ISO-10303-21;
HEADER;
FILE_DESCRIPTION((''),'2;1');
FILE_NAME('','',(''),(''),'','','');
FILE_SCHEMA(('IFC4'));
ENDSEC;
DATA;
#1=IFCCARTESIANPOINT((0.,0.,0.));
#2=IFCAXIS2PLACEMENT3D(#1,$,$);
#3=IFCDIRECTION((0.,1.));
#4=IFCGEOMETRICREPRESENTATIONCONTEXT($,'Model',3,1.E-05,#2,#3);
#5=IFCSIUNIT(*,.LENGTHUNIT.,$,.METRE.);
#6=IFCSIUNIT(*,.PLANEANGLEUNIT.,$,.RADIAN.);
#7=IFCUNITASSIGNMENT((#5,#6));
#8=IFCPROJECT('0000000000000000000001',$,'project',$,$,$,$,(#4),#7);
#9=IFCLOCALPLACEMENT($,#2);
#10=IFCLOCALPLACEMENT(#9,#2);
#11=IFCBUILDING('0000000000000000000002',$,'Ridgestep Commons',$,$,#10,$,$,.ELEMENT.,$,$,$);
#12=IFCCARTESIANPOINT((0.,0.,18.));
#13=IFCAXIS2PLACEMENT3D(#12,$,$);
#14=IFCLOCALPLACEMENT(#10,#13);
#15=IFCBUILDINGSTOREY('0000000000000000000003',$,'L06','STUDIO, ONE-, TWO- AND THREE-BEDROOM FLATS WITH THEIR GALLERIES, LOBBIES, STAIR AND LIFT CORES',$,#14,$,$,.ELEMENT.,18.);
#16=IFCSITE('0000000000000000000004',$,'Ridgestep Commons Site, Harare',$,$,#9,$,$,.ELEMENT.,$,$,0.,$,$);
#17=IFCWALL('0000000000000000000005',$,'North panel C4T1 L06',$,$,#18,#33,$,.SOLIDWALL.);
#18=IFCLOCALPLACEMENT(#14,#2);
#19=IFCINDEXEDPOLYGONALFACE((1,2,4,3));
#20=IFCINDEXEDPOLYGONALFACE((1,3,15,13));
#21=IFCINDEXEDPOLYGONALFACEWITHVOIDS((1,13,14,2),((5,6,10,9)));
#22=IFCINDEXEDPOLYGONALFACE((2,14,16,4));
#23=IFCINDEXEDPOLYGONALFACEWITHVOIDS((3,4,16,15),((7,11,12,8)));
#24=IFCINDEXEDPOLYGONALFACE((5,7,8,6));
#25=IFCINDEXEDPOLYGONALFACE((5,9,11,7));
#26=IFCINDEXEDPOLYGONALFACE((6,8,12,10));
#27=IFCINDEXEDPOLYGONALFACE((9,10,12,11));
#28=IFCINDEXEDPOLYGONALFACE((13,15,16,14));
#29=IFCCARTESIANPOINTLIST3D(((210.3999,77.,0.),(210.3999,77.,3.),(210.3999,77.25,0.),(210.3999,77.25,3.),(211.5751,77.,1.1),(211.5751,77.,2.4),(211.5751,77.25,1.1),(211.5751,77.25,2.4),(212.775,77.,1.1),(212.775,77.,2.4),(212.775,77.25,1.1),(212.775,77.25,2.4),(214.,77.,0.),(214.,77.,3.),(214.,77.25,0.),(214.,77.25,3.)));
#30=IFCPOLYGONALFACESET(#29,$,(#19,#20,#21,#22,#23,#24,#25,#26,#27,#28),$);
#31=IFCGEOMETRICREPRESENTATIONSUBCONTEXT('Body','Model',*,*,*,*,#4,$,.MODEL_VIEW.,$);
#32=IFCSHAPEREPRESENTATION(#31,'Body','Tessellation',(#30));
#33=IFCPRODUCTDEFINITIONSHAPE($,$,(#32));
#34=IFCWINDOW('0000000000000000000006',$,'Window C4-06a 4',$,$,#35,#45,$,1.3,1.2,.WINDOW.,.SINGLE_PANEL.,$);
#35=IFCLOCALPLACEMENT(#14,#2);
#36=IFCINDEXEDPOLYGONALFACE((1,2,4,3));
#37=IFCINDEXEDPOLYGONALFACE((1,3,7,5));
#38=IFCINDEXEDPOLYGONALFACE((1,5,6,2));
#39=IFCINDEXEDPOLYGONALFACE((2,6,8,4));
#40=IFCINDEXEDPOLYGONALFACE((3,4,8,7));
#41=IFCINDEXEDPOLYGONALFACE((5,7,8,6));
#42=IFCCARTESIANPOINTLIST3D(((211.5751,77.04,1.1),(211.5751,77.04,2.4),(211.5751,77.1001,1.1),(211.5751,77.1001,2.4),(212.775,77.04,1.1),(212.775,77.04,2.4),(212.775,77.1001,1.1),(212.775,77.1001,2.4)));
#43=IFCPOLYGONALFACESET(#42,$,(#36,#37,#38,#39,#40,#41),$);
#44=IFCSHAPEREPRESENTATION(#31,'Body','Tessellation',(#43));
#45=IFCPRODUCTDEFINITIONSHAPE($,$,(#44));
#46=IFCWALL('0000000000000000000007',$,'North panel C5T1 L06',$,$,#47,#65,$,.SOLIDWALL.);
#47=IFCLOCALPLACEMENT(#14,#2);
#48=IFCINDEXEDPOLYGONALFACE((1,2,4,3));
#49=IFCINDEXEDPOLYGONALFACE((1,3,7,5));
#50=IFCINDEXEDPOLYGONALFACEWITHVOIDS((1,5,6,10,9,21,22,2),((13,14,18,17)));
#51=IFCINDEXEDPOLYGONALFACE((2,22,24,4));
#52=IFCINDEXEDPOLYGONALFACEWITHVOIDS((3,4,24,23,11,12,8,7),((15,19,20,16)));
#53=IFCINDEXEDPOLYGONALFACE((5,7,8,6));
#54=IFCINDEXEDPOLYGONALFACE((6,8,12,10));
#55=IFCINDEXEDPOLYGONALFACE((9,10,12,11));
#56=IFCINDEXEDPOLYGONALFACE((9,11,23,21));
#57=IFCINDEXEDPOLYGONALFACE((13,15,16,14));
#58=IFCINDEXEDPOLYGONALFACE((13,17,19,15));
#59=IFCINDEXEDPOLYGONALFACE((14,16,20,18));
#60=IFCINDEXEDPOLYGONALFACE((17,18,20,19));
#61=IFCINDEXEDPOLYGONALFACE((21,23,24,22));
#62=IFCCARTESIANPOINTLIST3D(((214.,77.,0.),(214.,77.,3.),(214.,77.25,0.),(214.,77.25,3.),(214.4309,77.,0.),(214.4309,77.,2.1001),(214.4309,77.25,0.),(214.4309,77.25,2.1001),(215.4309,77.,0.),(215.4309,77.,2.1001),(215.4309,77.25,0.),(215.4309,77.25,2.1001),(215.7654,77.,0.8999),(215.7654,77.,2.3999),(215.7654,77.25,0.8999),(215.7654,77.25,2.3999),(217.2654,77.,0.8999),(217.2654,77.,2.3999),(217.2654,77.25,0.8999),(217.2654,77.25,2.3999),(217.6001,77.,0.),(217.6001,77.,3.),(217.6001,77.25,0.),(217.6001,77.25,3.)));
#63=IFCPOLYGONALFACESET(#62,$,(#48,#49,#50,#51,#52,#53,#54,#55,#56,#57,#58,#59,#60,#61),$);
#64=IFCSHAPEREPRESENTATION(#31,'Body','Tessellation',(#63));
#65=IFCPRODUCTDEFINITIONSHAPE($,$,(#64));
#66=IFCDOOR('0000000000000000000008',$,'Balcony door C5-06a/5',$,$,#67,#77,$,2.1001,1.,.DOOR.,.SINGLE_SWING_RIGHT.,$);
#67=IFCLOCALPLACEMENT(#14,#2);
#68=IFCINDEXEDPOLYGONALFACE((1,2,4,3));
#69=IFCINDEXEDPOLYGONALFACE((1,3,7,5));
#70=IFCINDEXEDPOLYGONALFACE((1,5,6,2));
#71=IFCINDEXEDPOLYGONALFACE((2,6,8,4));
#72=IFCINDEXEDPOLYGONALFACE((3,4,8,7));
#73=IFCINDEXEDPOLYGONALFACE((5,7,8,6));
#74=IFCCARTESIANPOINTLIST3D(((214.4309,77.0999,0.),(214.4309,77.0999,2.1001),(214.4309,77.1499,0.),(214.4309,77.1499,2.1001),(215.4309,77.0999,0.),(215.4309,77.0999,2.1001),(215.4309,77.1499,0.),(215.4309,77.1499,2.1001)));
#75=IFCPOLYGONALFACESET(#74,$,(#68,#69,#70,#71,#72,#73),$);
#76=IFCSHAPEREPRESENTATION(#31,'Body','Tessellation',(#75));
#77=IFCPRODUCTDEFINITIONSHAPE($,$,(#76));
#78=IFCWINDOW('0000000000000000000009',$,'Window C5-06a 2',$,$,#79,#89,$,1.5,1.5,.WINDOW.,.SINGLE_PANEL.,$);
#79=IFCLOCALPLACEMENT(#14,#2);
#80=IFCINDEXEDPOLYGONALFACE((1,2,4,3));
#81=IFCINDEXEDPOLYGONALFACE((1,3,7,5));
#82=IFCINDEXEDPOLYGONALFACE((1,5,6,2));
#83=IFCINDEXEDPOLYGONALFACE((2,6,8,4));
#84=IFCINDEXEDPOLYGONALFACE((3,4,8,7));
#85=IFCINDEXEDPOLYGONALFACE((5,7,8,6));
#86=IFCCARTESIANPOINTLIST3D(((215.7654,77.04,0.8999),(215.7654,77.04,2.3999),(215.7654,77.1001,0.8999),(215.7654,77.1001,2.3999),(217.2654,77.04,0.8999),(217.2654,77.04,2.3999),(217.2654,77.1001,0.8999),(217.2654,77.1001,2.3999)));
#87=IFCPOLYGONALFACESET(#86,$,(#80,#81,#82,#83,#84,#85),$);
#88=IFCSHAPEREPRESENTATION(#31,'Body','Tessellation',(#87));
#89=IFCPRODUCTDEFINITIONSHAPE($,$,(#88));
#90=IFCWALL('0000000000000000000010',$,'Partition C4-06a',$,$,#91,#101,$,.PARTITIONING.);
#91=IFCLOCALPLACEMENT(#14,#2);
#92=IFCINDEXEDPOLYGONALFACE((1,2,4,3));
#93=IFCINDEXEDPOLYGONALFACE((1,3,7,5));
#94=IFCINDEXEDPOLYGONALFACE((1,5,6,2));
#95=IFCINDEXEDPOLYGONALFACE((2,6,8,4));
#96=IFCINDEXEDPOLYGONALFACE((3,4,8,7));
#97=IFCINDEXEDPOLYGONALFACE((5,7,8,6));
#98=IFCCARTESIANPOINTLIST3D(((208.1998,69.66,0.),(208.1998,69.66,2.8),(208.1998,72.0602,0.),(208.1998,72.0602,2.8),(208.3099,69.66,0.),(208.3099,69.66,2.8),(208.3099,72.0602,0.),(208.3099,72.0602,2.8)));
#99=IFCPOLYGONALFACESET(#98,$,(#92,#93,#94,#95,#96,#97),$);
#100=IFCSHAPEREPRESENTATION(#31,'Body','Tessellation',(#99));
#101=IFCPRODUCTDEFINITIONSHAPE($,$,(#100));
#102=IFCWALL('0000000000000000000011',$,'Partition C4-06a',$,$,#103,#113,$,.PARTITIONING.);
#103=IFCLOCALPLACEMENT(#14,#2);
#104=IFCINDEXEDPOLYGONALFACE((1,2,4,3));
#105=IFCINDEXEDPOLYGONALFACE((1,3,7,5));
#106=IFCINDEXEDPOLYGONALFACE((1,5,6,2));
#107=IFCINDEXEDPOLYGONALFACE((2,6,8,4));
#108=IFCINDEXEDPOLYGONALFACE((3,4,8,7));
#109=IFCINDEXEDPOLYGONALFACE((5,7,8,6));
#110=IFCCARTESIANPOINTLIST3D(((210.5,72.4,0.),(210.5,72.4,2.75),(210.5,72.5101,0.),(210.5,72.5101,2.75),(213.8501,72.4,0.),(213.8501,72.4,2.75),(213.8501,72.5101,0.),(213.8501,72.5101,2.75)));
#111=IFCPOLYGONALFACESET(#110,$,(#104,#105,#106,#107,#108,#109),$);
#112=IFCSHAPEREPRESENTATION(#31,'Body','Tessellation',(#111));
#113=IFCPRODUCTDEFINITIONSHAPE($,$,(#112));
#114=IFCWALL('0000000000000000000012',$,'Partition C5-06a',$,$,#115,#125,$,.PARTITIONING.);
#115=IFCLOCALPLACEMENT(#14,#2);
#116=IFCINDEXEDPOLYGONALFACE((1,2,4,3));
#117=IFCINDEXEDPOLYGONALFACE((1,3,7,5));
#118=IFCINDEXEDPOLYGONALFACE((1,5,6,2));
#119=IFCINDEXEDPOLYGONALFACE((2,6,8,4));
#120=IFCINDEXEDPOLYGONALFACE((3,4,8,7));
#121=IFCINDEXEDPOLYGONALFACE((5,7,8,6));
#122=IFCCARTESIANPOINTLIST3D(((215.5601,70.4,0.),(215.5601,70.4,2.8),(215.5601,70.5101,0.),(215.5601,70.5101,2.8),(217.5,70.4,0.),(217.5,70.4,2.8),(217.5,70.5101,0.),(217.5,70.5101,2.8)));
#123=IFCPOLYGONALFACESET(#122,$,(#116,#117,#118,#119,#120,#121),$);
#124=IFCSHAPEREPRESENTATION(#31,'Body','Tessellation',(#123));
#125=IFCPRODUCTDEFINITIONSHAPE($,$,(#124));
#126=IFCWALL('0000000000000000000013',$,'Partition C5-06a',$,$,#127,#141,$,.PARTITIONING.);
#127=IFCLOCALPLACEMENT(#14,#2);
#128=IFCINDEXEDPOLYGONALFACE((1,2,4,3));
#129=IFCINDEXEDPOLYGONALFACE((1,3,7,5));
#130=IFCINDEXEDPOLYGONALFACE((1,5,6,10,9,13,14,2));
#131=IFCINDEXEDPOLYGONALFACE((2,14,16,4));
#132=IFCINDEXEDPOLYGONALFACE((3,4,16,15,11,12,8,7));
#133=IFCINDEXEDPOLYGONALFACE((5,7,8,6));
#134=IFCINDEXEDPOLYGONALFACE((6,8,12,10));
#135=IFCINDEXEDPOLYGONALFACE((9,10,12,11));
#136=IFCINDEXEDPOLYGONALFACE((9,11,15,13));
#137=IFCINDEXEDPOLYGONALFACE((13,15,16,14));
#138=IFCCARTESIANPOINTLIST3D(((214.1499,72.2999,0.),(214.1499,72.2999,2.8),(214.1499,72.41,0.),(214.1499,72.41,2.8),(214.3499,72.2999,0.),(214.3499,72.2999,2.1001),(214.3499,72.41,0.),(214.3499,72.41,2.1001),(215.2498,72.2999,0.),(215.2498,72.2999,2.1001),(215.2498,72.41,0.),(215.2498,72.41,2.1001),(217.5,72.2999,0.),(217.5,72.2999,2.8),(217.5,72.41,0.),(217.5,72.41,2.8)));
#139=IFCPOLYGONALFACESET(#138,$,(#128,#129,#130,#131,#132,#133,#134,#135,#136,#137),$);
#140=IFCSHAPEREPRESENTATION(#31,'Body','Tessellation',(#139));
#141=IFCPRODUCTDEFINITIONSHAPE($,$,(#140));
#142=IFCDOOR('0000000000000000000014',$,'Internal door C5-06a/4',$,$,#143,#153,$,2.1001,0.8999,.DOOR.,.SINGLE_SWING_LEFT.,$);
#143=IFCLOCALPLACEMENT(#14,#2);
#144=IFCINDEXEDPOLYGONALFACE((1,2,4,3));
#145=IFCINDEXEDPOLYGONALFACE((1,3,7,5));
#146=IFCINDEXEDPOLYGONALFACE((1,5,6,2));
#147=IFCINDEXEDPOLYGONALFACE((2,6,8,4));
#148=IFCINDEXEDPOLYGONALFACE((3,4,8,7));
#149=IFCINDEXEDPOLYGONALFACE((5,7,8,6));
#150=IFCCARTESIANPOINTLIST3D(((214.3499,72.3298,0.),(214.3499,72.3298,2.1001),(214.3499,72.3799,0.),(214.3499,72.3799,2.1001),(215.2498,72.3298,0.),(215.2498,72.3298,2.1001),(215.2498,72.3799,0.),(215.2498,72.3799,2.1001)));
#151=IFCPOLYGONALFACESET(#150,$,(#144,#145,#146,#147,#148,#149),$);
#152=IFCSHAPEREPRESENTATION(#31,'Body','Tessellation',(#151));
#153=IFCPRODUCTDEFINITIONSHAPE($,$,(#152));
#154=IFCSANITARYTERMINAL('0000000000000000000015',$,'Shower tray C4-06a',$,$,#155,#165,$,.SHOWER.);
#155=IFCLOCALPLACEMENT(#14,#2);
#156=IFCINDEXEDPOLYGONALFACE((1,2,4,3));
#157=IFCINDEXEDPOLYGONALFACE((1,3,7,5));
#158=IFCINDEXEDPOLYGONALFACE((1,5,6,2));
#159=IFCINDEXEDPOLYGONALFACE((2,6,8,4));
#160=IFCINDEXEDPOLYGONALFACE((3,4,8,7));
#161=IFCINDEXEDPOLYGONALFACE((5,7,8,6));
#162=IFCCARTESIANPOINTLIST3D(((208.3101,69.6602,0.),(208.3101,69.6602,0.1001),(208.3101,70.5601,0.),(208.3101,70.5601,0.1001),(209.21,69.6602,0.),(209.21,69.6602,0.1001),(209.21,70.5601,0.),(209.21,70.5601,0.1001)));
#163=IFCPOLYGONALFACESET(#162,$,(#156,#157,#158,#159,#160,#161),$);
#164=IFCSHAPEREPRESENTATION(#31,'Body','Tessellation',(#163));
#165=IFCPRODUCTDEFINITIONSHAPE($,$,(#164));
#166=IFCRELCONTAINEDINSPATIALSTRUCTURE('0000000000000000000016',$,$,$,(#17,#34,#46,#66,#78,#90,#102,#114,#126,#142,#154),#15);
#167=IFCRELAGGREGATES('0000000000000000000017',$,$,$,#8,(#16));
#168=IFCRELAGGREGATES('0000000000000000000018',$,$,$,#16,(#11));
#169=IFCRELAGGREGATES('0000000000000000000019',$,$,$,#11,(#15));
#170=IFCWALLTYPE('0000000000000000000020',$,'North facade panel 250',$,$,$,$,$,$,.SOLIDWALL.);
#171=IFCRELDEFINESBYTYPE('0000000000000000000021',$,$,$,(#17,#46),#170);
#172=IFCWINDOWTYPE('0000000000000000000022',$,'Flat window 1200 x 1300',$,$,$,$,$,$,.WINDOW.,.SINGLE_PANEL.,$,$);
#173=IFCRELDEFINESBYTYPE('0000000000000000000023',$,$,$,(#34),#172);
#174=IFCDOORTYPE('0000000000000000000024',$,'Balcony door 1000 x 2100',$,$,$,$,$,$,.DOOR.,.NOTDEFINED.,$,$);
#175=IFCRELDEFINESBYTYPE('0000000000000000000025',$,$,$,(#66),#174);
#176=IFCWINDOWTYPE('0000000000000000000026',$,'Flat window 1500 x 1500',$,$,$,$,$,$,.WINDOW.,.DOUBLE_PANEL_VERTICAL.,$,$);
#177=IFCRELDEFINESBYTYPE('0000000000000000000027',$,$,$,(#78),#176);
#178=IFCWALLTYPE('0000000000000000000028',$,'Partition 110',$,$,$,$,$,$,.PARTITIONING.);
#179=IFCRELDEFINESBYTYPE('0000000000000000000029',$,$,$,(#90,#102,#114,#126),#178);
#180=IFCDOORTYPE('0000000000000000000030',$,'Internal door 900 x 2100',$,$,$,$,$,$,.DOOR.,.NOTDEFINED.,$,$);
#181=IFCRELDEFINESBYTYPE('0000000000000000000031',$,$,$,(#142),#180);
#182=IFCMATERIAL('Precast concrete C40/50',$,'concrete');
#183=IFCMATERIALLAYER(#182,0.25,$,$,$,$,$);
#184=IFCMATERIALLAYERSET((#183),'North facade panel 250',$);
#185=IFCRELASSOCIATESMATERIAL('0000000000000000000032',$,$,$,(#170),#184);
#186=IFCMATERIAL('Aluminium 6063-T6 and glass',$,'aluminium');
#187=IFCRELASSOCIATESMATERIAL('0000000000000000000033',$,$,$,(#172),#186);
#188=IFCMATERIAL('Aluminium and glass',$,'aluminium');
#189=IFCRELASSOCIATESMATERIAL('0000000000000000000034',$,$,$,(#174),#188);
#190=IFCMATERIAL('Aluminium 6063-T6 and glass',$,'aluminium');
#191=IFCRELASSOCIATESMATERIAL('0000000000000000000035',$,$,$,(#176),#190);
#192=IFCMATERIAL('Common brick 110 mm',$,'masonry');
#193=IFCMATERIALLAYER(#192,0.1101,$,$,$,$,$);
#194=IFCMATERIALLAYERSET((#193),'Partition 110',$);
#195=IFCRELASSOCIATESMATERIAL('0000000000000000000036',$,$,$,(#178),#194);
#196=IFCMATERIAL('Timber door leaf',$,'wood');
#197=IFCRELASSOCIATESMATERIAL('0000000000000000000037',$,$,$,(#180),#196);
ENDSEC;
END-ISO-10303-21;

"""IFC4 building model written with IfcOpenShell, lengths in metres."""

from ifc_helpers import new_model, si_unit, direction, frame, frame_2d, origin, origin_2d, place, context, subcontext, project, spatial, rectangle, extrude, material, layer, layer_set, type_object, element, fill, save


model = new_model("IFC4")

# Units and contexts
model_context = context("Model", 3, precision=1e-05, world=origin(), true_north=direction((0.0, 1.0)))
body_context = subcontext(model_context, "Body", "Model", "MODEL_VIEW")
ifc_project = project(units=[si_unit("LENGTHUNIT", "METRE"), si_unit("PLANEANGLEUNIT", "RADIAN")], contexts=[model_context])

# Site, building, storey
site_placement = place(None, origin())
site = spatial("IfcSite", under=ifc_project, at=site_placement, Name="Ridgestep Commons Site, Harare", CompositionType="ELEMENT", RefElevation=0.0)
building_placement = place(site_placement, origin())
building = spatial("IfcBuilding", under=site, at=building_placement, Name="Ridgestep Commons", CompositionType="ELEMENT")
storey_placement = place(building_placement, frame((0.0, 0.0, 18.0)))
storey = spatial("IfcBuildingStorey", under=building, at=storey_placement, Name="L06", Description="STUDIO, ONE-, TWO- AND THREE-BEDROOM FLATS WITH THEIR GALLERIES, LOBBIES, STAIR AND LIFT CORES", CompositionType="ELEMENT", Elevation=18.0)

# Wall, opening, window
ifc_material_1 = material(Name="Precast concrete C40/50", Category="concrete")
ifc_layer_1 = layer(ifc_material_1, 0.25)
ifc_layer_set_1 = layer_set([ifc_layer_1], Name="North facade panel 250")
wall_type_1 = type_object("IfcWallType", Name="North facade panel 250", PredefinedType="SOLIDWALL", material=ifc_layer_set_1)
wall_1_placement = place(storey_placement, frame((210.3999, 77.125, 0.0), z_axis=(0.0, 0.0, 1.0), x_axis=(1.0, 0.0, 0.0)))
wall_1 = element("IfcWall", 1, at=wall_1_placement, inside=storey, type_object=wall_type_1, Name="North panel C4T1 L06", PredefinedType="SOLIDWALL", context=body_context, shape_type="SweptSolid", body=[
    extrude(rectangle(XDim=3.6001, YDim=0.25, at=frame_2d((1.8, 0.0))), origin(), (0.0, 0.0, 1.0), 3.0),
])
opening_1_placement = place(wall_1_placement, frame((1.175, 0.0, 1.1001)))
opening_1 = element("IfcOpeningElement", 2, at=opening_1_placement, cuts=wall_1, PredefinedType="OPENING", context=body_context, shape_type="SweptSolid", body=[
    extrude(rectangle(XDim=1.2, YDim=1.3, at=frame_2d((0.6001, 0.6499))), frame((0.0, 0.135, 0.0), z_axis=(0.0, -1.0, 0.0), x_axis=(1.0, 0.0, 0.0)), (0.0, 0.0, 1.0), 0.27),
])
ifc_material_2 = material(Name="Aluminium 6063-T6 and glass", Category="aluminium")
window_type_1 = type_object("IfcWindowType", Name="Flat window 1200 x 1300", PartitioningType="SINGLE_PANEL", PredefinedType="WINDOW", material=ifc_material_2)
window_1_placement = place(opening_1_placement, origin())
window_1 = element("IfcWindow", 3, at=window_1_placement, inside=storey, type_object=window_type_1, Name="Window C4-06a 4", OverallHeight=1.3, OverallWidth=1.2, PartitioningType="SINGLE_PANEL", PredefinedType="WINDOW", context=body_context, shape_type="SweptSolid", body=[
    extrude(rectangle(XDim=1.2, YDim=1.3, at=frame_2d((0.6001, 0.6499))), frame((0.0, -0.0249, 0.0), z_axis=(0.0, -1.0, 0.0), x_axis=(1.0, 0.0, 0.0)), (0.0, 0.0, 1.0), 0.0601),
])
fill(opening_1, window_1)

# Wall, openings, door, window
wall_2_placement = place(storey_placement, frame((214.0, 77.125, 0.0), z_axis=(0.0, 0.0, 1.0), x_axis=(1.0, 0.0, 0.0)))
wall_2 = element("IfcWall", 4, at=wall_2_placement, inside=storey, type_object=wall_type_1, Name="North panel C5T1 L06", PredefinedType="SOLIDWALL", context=body_context, shape_type="SweptSolid", body=[
    extrude(rectangle(XDim=3.6001, YDim=0.25, at=frame_2d((1.8, 0.0))), origin(), (0.0, 0.0, 1.0), 3.0),
])
opening_2_placement = place(wall_2_placement, frame((1.7654, 0.0, 0.8999)))
opening_2 = element("IfcOpeningElement", 5, at=opening_2_placement, cuts=wall_2, PredefinedType="OPENING", context=body_context, shape_type="SweptSolid", body=[
    extrude(rectangle(XDim=1.5, YDim=1.5, at=frame_2d((0.75, 0.75))), frame((0.0, 0.135, 0.0), z_axis=(0.0, -1.0, 0.0), x_axis=(1.0, 0.0, 0.0)), (0.0, 0.0, 1.0), 0.27),
])
opening_3_placement = place(wall_2_placement, frame((0.4309, 0.0, 0.0)))
opening_3 = element("IfcOpeningElement", 6, at=opening_3_placement, cuts=wall_2, PredefinedType="OPENING", context=body_context, shape_type="SweptSolid", body=[
    extrude(rectangle(XDim=1.0, YDim=2.1001, at=frame_2d((0.5, 1.05))), frame((0.0, 0.135, 0.0), z_axis=(0.0, -1.0, 0.0), x_axis=(1.0, 0.0, 0.0)), (0.0, 0.0, 1.0), 0.27),
])
ifc_material_3 = material(Name="Aluminium and glass", Category="aluminium")
door_type_1 = type_object("IfcDoorType", Name="Balcony door 1000 x 2100", OperationType="NOTDEFINED", PredefinedType="DOOR", material=ifc_material_3)
door_1_placement = place(opening_3_placement, origin())
door_1 = element("IfcDoor", 7, at=door_1_placement, inside=storey, type_object=door_type_1, Name="Balcony door C5-06a/5", OperationType="SINGLE_SWING_RIGHT", OverallHeight=2.1001, OverallWidth=1.0, PredefinedType="DOOR", context=body_context, shape_type="SweptSolid", body=[
    extrude(rectangle(XDim=1.0, YDim=2.1001, at=frame_2d((0.5, 1.05))), frame((0.0, 0.0249, 0.0), z_axis=(0.0, -1.0, 0.0), x_axis=(1.0, 0.0, 0.0)), (0.0, 0.0, 1.0), 0.05),
])
fill(opening_3, door_1)
ifc_material_4 = material(Name="Aluminium 6063-T6 and glass", Category="aluminium")
window_type_2 = type_object("IfcWindowType", Name="Flat window 1500 x 1500", PartitioningType="DOUBLE_PANEL_VERTICAL", PredefinedType="WINDOW", material=ifc_material_4)
window_2_placement = place(opening_2_placement, origin())
window_2 = element("IfcWindow", 8, at=window_2_placement, inside=storey, type_object=window_type_2, Name="Window C5-06a 2", OverallHeight=1.5, OverallWidth=1.5, PartitioningType="SINGLE_PANEL", PredefinedType="WINDOW", context=body_context, shape_type="SweptSolid", body=[
    extrude(rectangle(XDim=1.5, YDim=1.5, at=frame_2d((0.75, 0.75))), frame((0.0, -0.0249, 0.0), z_axis=(0.0, -1.0, 0.0), x_axis=(1.0, 0.0, 0.0)), (0.0, 0.0, 1.0), 0.0601),
])
fill(opening_2, window_2)

# Walls
ifc_material_5 = material(Name="Common brick 110 mm", Category="masonry")
ifc_layer_2 = layer(ifc_material_5, 0.1101)
ifc_layer_set_2 = layer_set([ifc_layer_2], Name="Partition 110")
wall_type_2 = type_object("IfcWallType", Name="Partition 110", PredefinedType="PARTITIONING", material=ifc_layer_set_2)
wall_3_placement = place(storey_placement, frame((208.2549, 69.6599, 0.0), z_axis=(0.0, 0.0, 1.0), x_axis=(0.0, 1.0, 0.0)))
element("IfcWall", 9, at=wall_3_placement, inside=storey, type_object=wall_type_2, Name="Partition C4-06a", PredefinedType="PARTITIONING", context=body_context, shape_type="SweptSolid", body=[
    extrude(rectangle(XDim=2.4001, YDim=0.1101, at=frame_2d((1.2002, 0.0))), origin(), (0.0, 0.0, 1.0), 2.8),
])
wall_4_placement = place(storey_placement, frame((210.5, 72.4551, 0.0), z_axis=(0.0, 0.0, 1.0), x_axis=(1.0, 0.0, 0.0)))
element("IfcWall", 10, at=wall_4_placement, inside=storey, type_object=wall_type_2, Name="Partition C4-06a", PredefinedType="PARTITIONING", context=body_context, shape_type="SweptSolid", body=[
    extrude(rectangle(XDim=3.3501, YDim=0.1101, at=frame_2d((1.675, 0.0))), origin(), (0.0, 0.0, 1.0), 2.75),
])
wall_5_placement = place(storey_placement, frame((215.5601, 70.4551, 0.0), z_axis=(0.0, 0.0, 1.0), x_axis=(1.0, 0.0, 0.0)))
element("IfcWall", 11, at=wall_5_placement, inside=storey, type_object=wall_type_2, Name="Partition C5-06a", PredefinedType="PARTITIONING", context=body_context, shape_type="SweptSolid", body=[
    extrude(rectangle(XDim=1.9399, YDim=0.1101, at=frame_2d((0.97, 0.0))), origin(), (0.0, 0.0, 1.0), 2.8),
])

# Wall, opening, door
wall_6_placement = place(storey_placement, frame((214.1499, 72.355, 0.0), z_axis=(0.0, 0.0, 1.0), x_axis=(1.0, 0.0, 0.0)))
wall_6 = element("IfcWall", 12, at=wall_6_placement, inside=storey, type_object=wall_type_2, Name="Partition C5-06a", PredefinedType="PARTITIONING", context=body_context, shape_type="SweptSolid", body=[
    extrude(rectangle(XDim=3.3501, YDim=0.1101, at=frame_2d((1.675, 0.0))), origin(), (0.0, 0.0, 1.0), 2.8),
])
opening_4_placement = place(wall_6_placement, frame((0.2, 0.0, 0.0)))
opening_4 = element("IfcOpeningElement", 13, at=opening_4_placement, cuts=wall_6, PredefinedType="OPENING", context=body_context, shape_type="SweptSolid", body=[
    extrude(rectangle(XDim=0.8999, YDim=2.1001, at=frame_2d((0.45, 1.05))), frame((0.0, 0.0649, 0.0), z_axis=(0.0, -1.0, 0.0), x_axis=(1.0, 0.0, 0.0)), (0.0, 0.0, 1.0), 0.1301),
])
ifc_material_6 = material(Name="Timber door leaf", Category="wood")
door_type_2 = type_object("IfcDoorType", Name="Internal door 900 x 2100", OperationType="NOTDEFINED", PredefinedType="DOOR", material=ifc_material_6)
door_2_placement = place(opening_4_placement, origin())
door_2 = element("IfcDoor", 14, at=door_2_placement, inside=storey, type_object=door_type_2, Name="Internal door C5-06a/4", OperationType="SINGLE_SWING_LEFT", OverallHeight=2.1001, OverallWidth=0.8999, PredefinedType="DOOR", context=body_context, shape_type="SweptSolid", body=[
    extrude(rectangle(XDim=0.8999, YDim=2.1001, at=frame_2d((0.45, 1.05))), frame((0.0, 0.0249, 0.0), z_axis=(0.0, -1.0, 0.0), x_axis=(1.0, 0.0, 0.0)), (0.0, 0.0, 1.0), 0.05),
])
fill(opening_4, door_2)

# Sanitary terminal
sanitary_terminal_1_placement = place(storey_placement, frame((208.76, 70.1101, 0.0), z_axis=(0.0, 0.0, 1.0), x_axis=(1.0, 0.0, 0.0)))
element("IfcSanitaryTerminal", 15, at=sanitary_terminal_1_placement, inside=storey, Name="Shower tray C4-06a", PredefinedType="SHOWER", context=body_context, shape_type="SweptSolid", body=[
    extrude(rectangle(XDim=0.8999, YDim=0.8999, at=origin_2d()), origin(), (0.0, 0.0, 1.0), 0.1001),
])

save(model, "model.ifc")
